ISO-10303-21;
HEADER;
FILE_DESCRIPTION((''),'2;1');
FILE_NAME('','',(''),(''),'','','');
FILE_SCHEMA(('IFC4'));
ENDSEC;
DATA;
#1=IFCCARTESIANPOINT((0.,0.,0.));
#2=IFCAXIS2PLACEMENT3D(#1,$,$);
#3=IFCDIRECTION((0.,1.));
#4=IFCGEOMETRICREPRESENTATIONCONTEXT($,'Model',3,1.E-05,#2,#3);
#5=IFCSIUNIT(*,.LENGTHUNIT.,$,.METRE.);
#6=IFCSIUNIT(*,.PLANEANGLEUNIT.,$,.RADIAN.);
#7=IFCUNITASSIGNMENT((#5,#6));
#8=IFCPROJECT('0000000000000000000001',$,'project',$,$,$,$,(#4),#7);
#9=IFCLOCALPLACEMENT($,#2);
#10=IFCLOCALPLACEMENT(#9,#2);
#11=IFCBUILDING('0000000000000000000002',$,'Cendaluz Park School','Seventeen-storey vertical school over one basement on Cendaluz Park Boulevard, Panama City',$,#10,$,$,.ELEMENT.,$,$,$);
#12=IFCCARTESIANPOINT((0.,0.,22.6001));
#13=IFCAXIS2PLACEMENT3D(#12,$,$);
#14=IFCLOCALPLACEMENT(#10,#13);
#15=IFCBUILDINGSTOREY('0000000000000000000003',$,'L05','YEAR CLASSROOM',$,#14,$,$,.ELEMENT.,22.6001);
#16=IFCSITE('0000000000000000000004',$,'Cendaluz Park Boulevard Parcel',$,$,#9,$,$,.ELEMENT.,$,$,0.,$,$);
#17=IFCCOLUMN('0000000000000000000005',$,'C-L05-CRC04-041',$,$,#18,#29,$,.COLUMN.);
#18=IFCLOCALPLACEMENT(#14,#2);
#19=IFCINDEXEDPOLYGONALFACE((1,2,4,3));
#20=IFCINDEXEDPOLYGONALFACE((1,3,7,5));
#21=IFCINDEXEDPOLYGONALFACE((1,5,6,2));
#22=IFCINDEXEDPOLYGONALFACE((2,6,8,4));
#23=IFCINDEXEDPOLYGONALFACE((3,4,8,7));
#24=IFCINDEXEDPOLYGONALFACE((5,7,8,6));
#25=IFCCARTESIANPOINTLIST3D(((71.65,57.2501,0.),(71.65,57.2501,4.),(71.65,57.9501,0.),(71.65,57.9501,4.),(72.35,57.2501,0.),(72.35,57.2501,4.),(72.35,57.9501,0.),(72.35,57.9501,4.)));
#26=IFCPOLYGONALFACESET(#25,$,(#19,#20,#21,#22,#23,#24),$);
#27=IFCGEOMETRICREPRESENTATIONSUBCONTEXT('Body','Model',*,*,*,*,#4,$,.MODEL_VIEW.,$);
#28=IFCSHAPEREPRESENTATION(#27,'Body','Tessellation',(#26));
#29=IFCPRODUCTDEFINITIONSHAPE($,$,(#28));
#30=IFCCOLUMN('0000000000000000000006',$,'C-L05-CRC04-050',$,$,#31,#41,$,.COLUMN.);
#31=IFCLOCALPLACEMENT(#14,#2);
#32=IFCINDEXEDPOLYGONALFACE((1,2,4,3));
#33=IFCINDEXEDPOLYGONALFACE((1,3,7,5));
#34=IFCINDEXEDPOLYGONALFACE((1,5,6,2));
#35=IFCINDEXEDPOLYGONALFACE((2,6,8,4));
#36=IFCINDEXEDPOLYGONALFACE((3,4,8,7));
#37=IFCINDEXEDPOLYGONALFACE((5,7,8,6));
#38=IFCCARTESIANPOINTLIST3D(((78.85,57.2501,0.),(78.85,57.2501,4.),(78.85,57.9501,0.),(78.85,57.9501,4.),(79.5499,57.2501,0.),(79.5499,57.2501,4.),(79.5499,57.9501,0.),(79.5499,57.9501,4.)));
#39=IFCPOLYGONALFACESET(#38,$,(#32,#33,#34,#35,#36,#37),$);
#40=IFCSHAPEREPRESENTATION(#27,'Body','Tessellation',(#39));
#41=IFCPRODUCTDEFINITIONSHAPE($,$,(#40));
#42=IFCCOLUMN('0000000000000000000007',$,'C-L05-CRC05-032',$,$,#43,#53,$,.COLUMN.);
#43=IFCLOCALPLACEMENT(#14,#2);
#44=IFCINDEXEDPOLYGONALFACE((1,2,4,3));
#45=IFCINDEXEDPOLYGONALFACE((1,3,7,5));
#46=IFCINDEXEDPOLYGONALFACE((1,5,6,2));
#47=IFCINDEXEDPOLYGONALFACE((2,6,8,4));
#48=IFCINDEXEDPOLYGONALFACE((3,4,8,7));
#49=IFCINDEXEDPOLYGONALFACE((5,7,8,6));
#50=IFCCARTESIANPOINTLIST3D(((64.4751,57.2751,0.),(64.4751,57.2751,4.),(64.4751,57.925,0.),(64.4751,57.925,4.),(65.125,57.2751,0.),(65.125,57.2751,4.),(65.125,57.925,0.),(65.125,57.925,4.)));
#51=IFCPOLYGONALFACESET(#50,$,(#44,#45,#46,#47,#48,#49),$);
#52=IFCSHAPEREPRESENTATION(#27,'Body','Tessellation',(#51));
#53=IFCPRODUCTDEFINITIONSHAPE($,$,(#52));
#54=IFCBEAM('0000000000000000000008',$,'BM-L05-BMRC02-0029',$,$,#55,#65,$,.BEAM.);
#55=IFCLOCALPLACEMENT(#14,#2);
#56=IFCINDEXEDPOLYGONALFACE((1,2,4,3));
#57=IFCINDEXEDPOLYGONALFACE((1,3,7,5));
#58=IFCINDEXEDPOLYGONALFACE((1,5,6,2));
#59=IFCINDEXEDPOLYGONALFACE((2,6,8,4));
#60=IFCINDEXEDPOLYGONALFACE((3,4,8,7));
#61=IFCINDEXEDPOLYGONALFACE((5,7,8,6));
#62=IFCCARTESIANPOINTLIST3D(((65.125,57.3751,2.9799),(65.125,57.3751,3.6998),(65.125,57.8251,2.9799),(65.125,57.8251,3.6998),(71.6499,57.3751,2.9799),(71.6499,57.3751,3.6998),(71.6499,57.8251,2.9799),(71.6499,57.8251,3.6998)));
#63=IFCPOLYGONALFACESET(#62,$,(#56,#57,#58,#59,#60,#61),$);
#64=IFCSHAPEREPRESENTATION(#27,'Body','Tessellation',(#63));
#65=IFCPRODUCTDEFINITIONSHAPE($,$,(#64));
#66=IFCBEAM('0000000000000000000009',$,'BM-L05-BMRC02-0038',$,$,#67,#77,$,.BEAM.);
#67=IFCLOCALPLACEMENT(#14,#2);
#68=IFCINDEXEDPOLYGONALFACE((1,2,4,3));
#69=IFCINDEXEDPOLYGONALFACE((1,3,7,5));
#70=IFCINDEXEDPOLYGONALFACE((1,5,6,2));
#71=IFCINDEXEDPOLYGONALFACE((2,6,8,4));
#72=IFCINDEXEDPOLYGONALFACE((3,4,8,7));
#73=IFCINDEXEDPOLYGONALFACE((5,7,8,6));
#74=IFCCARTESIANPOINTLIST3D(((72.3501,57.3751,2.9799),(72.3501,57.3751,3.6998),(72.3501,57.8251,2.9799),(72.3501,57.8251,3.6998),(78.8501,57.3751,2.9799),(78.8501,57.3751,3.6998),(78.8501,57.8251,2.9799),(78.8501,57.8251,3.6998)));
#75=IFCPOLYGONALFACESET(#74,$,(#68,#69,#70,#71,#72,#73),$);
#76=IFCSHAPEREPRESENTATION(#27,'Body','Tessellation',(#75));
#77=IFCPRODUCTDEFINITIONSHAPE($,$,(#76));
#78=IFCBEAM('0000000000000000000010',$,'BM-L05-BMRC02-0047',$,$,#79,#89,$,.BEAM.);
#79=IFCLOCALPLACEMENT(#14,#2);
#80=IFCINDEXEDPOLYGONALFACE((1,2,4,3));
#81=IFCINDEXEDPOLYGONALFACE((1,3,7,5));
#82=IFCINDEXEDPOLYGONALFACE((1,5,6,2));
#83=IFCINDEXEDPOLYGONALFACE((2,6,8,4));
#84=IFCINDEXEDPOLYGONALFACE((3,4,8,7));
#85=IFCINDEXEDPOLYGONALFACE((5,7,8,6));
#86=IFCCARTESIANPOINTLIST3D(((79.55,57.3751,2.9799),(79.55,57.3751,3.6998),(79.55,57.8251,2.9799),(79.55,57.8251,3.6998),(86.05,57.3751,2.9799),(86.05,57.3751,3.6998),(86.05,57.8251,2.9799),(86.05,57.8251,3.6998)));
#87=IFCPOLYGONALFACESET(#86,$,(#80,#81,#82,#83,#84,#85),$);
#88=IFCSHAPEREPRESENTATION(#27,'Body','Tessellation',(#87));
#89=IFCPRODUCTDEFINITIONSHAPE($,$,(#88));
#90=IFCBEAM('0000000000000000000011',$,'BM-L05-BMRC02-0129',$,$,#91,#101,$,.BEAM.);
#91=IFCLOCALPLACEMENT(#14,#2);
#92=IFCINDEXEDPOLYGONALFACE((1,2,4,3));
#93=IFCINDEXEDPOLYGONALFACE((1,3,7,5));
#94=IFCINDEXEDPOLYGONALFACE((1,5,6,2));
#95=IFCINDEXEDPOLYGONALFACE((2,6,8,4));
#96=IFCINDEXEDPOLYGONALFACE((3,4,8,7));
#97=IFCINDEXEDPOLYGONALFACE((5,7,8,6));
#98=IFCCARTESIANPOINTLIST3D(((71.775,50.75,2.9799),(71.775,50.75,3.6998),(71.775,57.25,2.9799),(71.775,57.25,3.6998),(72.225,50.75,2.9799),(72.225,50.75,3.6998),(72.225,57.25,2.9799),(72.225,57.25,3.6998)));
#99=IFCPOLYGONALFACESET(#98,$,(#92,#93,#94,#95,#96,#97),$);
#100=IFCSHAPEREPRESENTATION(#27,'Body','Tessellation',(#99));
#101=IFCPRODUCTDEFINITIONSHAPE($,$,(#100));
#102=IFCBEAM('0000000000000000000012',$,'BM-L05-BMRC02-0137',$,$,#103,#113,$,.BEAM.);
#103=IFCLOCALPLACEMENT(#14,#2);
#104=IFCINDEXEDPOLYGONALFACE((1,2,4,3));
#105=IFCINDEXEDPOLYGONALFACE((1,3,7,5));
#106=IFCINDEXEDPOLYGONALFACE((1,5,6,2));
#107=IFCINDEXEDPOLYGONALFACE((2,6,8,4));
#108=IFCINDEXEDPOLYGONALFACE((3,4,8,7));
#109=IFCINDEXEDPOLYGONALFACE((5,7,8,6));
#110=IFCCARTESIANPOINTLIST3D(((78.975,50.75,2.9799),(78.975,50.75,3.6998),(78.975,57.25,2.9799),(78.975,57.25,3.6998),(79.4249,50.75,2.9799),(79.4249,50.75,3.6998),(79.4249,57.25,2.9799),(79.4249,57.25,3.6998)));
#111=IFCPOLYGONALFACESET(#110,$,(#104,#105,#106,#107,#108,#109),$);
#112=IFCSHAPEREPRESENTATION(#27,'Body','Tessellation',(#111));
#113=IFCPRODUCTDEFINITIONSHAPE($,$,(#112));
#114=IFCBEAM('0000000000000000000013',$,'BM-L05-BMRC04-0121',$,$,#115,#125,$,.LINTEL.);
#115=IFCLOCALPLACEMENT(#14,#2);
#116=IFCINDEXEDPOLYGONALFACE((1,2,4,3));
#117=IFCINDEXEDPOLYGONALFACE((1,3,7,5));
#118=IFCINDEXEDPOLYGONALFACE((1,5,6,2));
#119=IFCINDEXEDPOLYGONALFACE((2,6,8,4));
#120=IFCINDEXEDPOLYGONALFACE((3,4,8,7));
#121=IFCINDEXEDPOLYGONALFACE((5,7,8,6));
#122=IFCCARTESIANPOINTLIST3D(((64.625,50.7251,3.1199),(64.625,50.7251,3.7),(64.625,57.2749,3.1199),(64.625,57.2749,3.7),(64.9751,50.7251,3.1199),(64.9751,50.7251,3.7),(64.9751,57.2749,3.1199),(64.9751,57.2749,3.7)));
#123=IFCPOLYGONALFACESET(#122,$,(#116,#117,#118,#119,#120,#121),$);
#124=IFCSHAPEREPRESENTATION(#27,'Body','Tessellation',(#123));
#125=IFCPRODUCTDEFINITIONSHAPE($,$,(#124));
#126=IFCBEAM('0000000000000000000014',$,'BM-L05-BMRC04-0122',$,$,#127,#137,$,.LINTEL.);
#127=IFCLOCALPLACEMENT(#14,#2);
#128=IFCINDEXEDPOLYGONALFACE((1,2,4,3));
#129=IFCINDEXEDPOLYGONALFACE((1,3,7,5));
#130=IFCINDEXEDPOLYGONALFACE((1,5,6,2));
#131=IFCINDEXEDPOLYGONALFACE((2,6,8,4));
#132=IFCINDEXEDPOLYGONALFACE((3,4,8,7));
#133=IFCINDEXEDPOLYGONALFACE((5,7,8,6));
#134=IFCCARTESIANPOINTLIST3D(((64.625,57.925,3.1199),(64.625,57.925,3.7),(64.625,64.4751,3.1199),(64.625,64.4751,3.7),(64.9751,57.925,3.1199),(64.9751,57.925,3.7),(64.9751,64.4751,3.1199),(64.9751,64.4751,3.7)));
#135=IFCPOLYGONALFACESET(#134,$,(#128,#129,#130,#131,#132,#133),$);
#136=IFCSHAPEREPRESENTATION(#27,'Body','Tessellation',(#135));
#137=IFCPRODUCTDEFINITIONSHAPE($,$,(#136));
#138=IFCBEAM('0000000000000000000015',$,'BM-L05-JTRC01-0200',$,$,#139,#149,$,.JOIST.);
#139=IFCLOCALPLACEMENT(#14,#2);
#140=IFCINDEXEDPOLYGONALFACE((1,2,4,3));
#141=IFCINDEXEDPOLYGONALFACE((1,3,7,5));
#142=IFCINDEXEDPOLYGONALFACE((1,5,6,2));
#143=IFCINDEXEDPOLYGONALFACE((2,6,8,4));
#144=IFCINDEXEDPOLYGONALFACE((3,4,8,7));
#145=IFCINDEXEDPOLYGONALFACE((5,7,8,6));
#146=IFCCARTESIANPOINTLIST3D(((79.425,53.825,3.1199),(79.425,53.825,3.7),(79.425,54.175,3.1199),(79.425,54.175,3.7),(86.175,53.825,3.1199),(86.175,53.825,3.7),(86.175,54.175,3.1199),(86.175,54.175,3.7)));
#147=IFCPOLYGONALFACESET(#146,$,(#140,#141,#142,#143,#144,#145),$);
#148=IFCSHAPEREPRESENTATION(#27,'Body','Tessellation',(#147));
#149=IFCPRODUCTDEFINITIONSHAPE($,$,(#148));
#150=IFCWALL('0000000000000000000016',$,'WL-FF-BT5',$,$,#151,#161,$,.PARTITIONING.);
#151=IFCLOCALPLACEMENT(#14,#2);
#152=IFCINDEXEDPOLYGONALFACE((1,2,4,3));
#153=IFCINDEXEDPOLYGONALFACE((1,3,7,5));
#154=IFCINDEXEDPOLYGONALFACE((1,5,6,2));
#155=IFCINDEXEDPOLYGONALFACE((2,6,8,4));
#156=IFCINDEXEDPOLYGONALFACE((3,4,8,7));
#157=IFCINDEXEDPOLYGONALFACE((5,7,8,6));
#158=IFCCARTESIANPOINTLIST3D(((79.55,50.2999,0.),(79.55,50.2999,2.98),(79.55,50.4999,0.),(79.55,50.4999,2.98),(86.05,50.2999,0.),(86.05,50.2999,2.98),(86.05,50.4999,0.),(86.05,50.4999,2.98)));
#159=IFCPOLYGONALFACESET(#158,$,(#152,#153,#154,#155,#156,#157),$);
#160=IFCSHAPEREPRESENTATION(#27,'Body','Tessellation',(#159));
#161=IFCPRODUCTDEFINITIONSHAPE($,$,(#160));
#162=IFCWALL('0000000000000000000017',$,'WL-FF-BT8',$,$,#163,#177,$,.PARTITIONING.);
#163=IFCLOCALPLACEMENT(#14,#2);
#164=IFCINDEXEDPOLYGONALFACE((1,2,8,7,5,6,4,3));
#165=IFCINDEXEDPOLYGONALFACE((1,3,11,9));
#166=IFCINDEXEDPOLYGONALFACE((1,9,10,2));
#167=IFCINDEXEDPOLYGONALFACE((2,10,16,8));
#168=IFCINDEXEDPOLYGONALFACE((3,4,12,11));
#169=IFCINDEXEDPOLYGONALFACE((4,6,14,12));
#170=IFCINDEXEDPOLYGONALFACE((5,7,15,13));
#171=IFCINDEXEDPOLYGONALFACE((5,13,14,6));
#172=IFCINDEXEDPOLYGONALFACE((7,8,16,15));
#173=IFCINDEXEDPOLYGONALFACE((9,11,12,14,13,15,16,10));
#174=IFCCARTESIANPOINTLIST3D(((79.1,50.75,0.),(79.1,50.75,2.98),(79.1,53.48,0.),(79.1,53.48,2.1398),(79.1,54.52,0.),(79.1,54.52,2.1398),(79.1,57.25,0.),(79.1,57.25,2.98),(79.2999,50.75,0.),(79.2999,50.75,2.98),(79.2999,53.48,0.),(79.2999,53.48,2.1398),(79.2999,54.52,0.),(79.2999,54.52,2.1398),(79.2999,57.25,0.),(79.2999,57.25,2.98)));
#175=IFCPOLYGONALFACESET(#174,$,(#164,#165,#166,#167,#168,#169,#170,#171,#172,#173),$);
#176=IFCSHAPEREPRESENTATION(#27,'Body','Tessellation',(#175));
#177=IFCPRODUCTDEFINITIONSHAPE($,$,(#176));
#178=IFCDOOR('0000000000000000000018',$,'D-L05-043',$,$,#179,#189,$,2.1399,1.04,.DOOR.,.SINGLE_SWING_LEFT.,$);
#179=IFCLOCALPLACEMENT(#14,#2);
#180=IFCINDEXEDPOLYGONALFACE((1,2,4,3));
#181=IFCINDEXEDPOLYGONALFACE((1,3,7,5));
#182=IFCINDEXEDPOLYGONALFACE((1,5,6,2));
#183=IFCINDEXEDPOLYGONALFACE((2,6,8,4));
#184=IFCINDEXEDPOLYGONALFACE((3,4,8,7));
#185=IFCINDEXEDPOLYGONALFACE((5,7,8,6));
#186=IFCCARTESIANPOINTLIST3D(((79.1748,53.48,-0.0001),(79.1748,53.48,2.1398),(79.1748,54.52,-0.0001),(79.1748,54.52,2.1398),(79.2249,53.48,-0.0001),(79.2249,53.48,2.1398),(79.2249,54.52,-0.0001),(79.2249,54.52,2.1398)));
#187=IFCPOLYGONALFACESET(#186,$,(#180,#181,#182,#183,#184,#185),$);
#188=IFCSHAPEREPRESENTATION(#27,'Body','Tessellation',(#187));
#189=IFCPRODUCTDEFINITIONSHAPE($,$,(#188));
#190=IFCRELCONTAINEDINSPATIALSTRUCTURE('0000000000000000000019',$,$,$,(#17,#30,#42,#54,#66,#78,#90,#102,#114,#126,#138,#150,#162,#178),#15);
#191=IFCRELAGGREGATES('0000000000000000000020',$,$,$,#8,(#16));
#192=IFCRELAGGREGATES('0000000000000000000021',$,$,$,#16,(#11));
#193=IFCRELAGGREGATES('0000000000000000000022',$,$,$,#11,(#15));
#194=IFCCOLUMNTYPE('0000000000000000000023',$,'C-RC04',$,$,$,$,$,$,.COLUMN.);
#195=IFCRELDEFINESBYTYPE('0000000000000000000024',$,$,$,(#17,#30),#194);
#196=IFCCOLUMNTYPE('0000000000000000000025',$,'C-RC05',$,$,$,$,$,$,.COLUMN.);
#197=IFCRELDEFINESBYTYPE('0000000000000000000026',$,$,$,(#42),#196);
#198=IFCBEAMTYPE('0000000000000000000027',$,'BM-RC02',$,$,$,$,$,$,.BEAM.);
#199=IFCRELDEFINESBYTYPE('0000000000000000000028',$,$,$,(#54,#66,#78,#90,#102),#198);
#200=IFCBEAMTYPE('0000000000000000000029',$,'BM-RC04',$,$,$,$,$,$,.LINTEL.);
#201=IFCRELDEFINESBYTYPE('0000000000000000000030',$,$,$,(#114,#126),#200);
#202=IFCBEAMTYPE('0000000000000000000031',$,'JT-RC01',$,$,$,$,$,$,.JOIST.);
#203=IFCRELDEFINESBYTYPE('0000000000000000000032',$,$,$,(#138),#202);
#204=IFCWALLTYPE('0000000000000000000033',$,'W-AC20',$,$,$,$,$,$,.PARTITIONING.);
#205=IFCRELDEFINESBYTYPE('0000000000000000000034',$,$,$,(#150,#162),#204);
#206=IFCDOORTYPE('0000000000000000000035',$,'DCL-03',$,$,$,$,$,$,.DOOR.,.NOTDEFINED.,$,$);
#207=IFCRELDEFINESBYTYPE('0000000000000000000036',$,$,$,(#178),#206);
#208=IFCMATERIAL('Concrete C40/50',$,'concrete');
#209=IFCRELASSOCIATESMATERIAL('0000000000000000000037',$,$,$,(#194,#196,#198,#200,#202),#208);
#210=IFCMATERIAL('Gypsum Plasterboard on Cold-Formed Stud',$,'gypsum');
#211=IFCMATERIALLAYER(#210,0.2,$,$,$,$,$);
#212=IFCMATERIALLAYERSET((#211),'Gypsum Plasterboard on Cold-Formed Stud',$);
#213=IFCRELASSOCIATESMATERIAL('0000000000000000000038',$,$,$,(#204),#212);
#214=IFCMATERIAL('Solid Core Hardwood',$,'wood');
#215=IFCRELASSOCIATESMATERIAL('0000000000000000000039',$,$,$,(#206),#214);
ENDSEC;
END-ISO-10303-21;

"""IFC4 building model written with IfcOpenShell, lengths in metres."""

from ifc_helpers import new_model, si_unit, direction, frame, frame_2d, origin, origin_2d, place, context, subcontext, project, spatial, rectangle, extrude, material, layer, layer_set, material_profile, profile_set, type_object, element, fill, save


model = new_model("IFC4")

# Units and contexts
model_context = context("Model", 3, precision=1e-05, world=origin(), true_north=direction((0.0, 1.0)))
body_context = subcontext(model_context, "Body", "Model", "MODEL_VIEW")
ifc_project = project(units=[si_unit("LENGTHUNIT", "METRE"), si_unit("PLANEANGLEUNIT", "RADIAN")], contexts=[model_context])

# Site, building, storey
site_placement = place(None, origin())
site = spatial("IfcSite", under=ifc_project, at=site_placement, Name="Cendaluz Park Boulevard Parcel", CompositionType="ELEMENT", RefElevation=0.0)
building_placement = place(site_placement, origin())
building = spatial("IfcBuilding", under=site, at=building_placement, Name="Cendaluz Park School", Description="Seventeen-storey vertical school over one basement on Cendaluz Park Boulevard, Panama City", CompositionType="ELEMENT")
storey_placement = place(building_placement, frame((0.0, 0.0, 22.6001)))
storey = spatial("IfcBuildingStorey", under=building, at=storey_placement, Name="L05", Description="YEAR CLASSROOM", CompositionType="ELEMENT", Elevation=22.6001)

# Columns
ifc_material_1 = material(Name="Concrete C40/50", Category="concrete")
ifc_material_profile_1 = material_profile(ifc_material_1, rectangle(XDim=0.7, YDim=0.7, at=origin_2d()), Name="RC 700x700", Category="concrete")
ifc_profile_set_1 = profile_set([ifc_material_profile_1], Name="Concrete C40/50")
column_type_1 = type_object("IfcColumnType", Name="C-RC04", PredefinedType="COLUMN", material=ifc_profile_set_1)
for number, where, z_axis, x_axis, name in (
    (1, (72.0, 57.6001, 0.0), (0.0, 0.0, 1.0), (1.0, 0.0, 0.0), "C-L05-CRC04-041"),
    (2, (79.2, 57.6001, 0.0), (0.0, 0.0, 1.0), (1.0, 0.0, 0.0), "C-L05-CRC04-050"),
):
    element("IfcColumn", number, at=place(storey_placement, frame(where, z_axis=z_axis, x_axis=x_axis)), inside=storey, type_object=column_type_1, Name=name, PredefinedType="COLUMN", context=body_context, shape_type="SweptSolid", body=[
        extrude(rectangle(XDim=0.7, YDim=0.7, at=origin_2d()), origin(), (0.0, 0.0, 1.0), 4.0),
    ])
ifc_material_profile_2 = material_profile(ifc_material_1, rectangle(XDim=0.6499, YDim=0.6499, at=origin_2d()), Name="RC 650x650", Category="concrete")
ifc_profile_set_2 = profile_set([ifc_material_profile_2], Name="Concrete C40/50")
column_type_2 = type_object("IfcColumnType", Name="C-RC05", PredefinedType="COLUMN", material=ifc_profile_set_2)
column_placement = place(storey_placement, frame((64.8, 57.6001, 0.0), z_axis=(0.0, 0.0, 1.0), x_axis=(1.0, 0.0, 0.0)))
element("IfcColumn", 3, at=column_placement, inside=storey, type_object=column_type_2, Name="C-L05-CRC05-032", PredefinedType="COLUMN", context=body_context, shape_type="SweptSolid", body=[
    extrude(rectangle(XDim=0.6499, YDim=0.6499, at=origin_2d()), origin(), (0.0, 0.0, 1.0), 4.0),
])

# Beams
ifc_material_profile_3 = material_profile(ifc_material_1, rectangle(XDim=0.45, YDim=0.72, at=origin_2d()), Name="RC 450x720", Category="concrete")
ifc_profile_set_3 = profile_set([ifc_material_profile_3], Name="Concrete C40/50")
beam_type_1 = type_object("IfcBeamType", Name="BM-RC02", PredefinedType="BEAM", material=ifc_profile_set_3)
beam_1_placement = place(storey_placement, frame((65.125, 57.6001, 3.3398), z_axis=(1.0, 0.0, 0.0), x_axis=(0.0, 1.0, 0.0)))
element("IfcBeam", 4, at=beam_1_placement, inside=storey, type_object=beam_type_1, Name="BM-L05-BMRC02-0029", PredefinedType="BEAM", context=body_context, shape_type="SweptSolid", body=[
    extrude(rectangle(XDim=0.45, YDim=0.72, at=origin_2d()), origin(), (0.0, 0.0, 1.0), 6.5249),
])
for number, where, z_axis, x_axis, name in (
    (5, (72.3501, 57.6001, 3.3398), (1.0, 0.0, 0.0), (0.0, 1.0, 0.0), "BM-L05-BMRC02-0038"),
    (6, (79.55, 57.6001, 3.3398), (1.0, 0.0, 0.0), (0.0, 1.0, 0.0), "BM-L05-BMRC02-0047"),
    (7, (72.0, 50.75, 3.3398), (0.0, 1.0, 0.0), (-1.0, 0.0, 0.0), "BM-L05-BMRC02-0129"),
    (8, (79.2, 50.75, 3.3398), (0.0, 1.0, 0.0), (-1.0, 0.0, 0.0), "BM-L05-BMRC02-0137"),
):
    element("IfcBeam", number, at=place(storey_placement, frame(where, z_axis=z_axis, x_axis=x_axis)), inside=storey, type_object=beam_type_1, Name=name, PredefinedType="BEAM", context=body_context, shape_type="SweptSolid", body=[
        extrude(rectangle(XDim=0.45, YDim=0.72, at=origin_2d()), origin(), (0.0, 0.0, 1.0), 6.5),
    ])
ifc_material_profile_4 = material_profile(ifc_material_1, rectangle(XDim=0.3501, YDim=0.5801, at=origin_2d()), Name="RC 350x580", Category="concrete")
ifc_profile_set_4 = profile_set([ifc_material_profile_4], Name="Concrete C40/50")
beam_type_2 = type_object("IfcBeamType", Name="BM-RC04", PredefinedType="LINTEL", material=ifc_profile_set_4)
beam_2_placement = place(storey_placement, frame((64.8, 50.7251, 3.4099), z_axis=(0.0, 1.0, 0.0), x_axis=(-1.0, 0.0, 0.0)))
element("IfcBeam", 9, at=beam_2_placement, inside=storey, type_object=beam_type_2, Name="BM-L05-BMRC04-0121", PredefinedType="LINTEL", context=body_context, shape_type="SweptSolid", body=[
    extrude(rectangle(XDim=0.3501, YDim=0.5801, at=origin_2d()), origin(), (0.0, 0.0, 1.0), 6.5498),
])
beam_3_placement = place(storey_placement, frame((64.8, 57.925, 3.4099), z_axis=(0.0, 1.0, 0.0), x_axis=(-1.0, 0.0, 0.0)))
element("IfcBeam", 10, at=beam_3_placement, inside=storey, type_object=beam_type_2, Name="BM-L05-BMRC04-0122", PredefinedType="LINTEL", context=body_context, shape_type="SweptSolid", body=[
    extrude(rectangle(XDim=0.3501, YDim=0.5801, at=origin_2d()), origin(), (0.0, 0.0, 1.0), 6.55),
])
ifc_material_profile_5 = material_profile(ifc_material_1, rectangle(XDim=0.3501, YDim=0.5801, at=origin_2d()), Name="RC 350x580", Category="concrete")
ifc_profile_set_5 = profile_set([ifc_material_profile_5], Name="Concrete C40/50")
beam_type_3 = type_object("IfcBeamType", Name="JT-RC01", PredefinedType="JOIST", material=ifc_profile_set_5)
beam_4_placement = place(storey_placement, frame((79.425, 54.0, 3.4099), z_axis=(1.0, 0.0, 0.0), x_axis=(0.0, 1.0, 0.0)))
element("IfcBeam", 11, at=beam_4_placement, inside=storey, type_object=beam_type_3, Name="BM-L05-JTRC01-0200", PredefinedType="JOIST", context=body_context, shape_type="SweptSolid", body=[
    extrude(rectangle(XDim=0.3501, YDim=0.5801, at=origin_2d()), origin(), (0.0, 0.0, 1.0), 6.75),
])

# Wall
ifc_material_2 = material(Name="Gypsum Plasterboard on Cold-Formed Stud", Category="gypsum")
ifc_layer_1 = layer(ifc_material_2, 0.2)
ifc_layer_set_1 = layer_set([ifc_layer_1], Name="Gypsum Plasterboard on Cold-Formed Stud")
wall_type_1 = type_object("IfcWallType", Name="W-AC20", PredefinedType="PARTITIONING", material=ifc_layer_set_1)
wall_1_placement = place(storey_placement, frame((79.55, 50.3999, 0.0), z_axis=(0.0, 0.0, 1.0), x_axis=(1.0, 0.0, 0.0)))
element("IfcWall", 12, at=wall_1_placement, inside=storey, type_object=wall_type_1, Name="WL-FF-BT5", PredefinedType="PARTITIONING", context=body_context, shape_type="SweptSolid", body=[
    extrude(rectangle(XDim=6.5, YDim=0.2, at=frame_2d((3.25, 0.0))), origin(), (0.0, 0.0, 1.0), 2.98),
])

# Wall, opening, door
wall_2_placement = place(storey_placement, frame((79.2, 50.75, 0.0), z_axis=(0.0, 0.0, 1.0), x_axis=(0.0, 1.0, 0.0)))
wall_2 = element("IfcWall", 13, at=wall_2_placement, inside=storey, type_object=wall_type_1, Name="WL-FF-BT8", PredefinedType="PARTITIONING", context=body_context, shape_type="SweptSolid", body=[
    extrude(rectangle(XDim=6.5, YDim=0.2, at=frame_2d((3.25, 0.0))), origin(), (0.0, 0.0, 1.0), 2.98),
])
opening_1_placement = place(wall_2_placement, frame((2.73, 0.0, 0.0)))
opening_1 = element("IfcOpeningElement", 14, at=opening_1_placement, cuts=wall_2, PredefinedType="OPENING", context=body_context, shape_type="SweptSolid", body=[
    extrude(rectangle(XDim=1.04, YDim=2.1399, at=frame_2d((0.52, 1.0698))), frame((0.0, 0.1121, 0.0), z_axis=(0.0, -1.0, 0.0), x_axis=(1.0, 0.0, 0.0)), (0.0, 0.0, 1.0), 0.2239),
])
ifc_material_3 = material(Name="Solid Core Hardwood", Category="wood")
door_type_1 = type_object("IfcDoorType", Name="DCL-03", OperationType="NOTDEFINED", PredefinedType="DOOR", material=ifc_material_3)
door_1_placement = place(opening_1_placement, frame((1.04, 0.0, 0.0), z_axis=(0.0, 0.0, 1.0), x_axis=(-1.0, 0.0, 0.0)))
door_1 = element("IfcDoor", 15, at=door_1_placement, inside=storey, type_object=door_type_1, Name="D-L05-043", OperationType="SINGLE_SWING_LEFT", OverallHeight=2.1399, OverallWidth=1.04, PredefinedType="DOOR", context=body_context, shape_type="SweptSolid", body=[
    extrude(rectangle(XDim=1.04, YDim=2.1399, at=frame_2d((0.52, 1.0698))), frame((0.0, 0.0249, 0.0), z_axis=(0.0, -1.0, 0.0), x_axis=(1.0, 0.0, 0.0)), (0.0, 0.0, 1.0), 0.05),
])
fill(opening_1, door_1)

save(model, "model.ifc")
